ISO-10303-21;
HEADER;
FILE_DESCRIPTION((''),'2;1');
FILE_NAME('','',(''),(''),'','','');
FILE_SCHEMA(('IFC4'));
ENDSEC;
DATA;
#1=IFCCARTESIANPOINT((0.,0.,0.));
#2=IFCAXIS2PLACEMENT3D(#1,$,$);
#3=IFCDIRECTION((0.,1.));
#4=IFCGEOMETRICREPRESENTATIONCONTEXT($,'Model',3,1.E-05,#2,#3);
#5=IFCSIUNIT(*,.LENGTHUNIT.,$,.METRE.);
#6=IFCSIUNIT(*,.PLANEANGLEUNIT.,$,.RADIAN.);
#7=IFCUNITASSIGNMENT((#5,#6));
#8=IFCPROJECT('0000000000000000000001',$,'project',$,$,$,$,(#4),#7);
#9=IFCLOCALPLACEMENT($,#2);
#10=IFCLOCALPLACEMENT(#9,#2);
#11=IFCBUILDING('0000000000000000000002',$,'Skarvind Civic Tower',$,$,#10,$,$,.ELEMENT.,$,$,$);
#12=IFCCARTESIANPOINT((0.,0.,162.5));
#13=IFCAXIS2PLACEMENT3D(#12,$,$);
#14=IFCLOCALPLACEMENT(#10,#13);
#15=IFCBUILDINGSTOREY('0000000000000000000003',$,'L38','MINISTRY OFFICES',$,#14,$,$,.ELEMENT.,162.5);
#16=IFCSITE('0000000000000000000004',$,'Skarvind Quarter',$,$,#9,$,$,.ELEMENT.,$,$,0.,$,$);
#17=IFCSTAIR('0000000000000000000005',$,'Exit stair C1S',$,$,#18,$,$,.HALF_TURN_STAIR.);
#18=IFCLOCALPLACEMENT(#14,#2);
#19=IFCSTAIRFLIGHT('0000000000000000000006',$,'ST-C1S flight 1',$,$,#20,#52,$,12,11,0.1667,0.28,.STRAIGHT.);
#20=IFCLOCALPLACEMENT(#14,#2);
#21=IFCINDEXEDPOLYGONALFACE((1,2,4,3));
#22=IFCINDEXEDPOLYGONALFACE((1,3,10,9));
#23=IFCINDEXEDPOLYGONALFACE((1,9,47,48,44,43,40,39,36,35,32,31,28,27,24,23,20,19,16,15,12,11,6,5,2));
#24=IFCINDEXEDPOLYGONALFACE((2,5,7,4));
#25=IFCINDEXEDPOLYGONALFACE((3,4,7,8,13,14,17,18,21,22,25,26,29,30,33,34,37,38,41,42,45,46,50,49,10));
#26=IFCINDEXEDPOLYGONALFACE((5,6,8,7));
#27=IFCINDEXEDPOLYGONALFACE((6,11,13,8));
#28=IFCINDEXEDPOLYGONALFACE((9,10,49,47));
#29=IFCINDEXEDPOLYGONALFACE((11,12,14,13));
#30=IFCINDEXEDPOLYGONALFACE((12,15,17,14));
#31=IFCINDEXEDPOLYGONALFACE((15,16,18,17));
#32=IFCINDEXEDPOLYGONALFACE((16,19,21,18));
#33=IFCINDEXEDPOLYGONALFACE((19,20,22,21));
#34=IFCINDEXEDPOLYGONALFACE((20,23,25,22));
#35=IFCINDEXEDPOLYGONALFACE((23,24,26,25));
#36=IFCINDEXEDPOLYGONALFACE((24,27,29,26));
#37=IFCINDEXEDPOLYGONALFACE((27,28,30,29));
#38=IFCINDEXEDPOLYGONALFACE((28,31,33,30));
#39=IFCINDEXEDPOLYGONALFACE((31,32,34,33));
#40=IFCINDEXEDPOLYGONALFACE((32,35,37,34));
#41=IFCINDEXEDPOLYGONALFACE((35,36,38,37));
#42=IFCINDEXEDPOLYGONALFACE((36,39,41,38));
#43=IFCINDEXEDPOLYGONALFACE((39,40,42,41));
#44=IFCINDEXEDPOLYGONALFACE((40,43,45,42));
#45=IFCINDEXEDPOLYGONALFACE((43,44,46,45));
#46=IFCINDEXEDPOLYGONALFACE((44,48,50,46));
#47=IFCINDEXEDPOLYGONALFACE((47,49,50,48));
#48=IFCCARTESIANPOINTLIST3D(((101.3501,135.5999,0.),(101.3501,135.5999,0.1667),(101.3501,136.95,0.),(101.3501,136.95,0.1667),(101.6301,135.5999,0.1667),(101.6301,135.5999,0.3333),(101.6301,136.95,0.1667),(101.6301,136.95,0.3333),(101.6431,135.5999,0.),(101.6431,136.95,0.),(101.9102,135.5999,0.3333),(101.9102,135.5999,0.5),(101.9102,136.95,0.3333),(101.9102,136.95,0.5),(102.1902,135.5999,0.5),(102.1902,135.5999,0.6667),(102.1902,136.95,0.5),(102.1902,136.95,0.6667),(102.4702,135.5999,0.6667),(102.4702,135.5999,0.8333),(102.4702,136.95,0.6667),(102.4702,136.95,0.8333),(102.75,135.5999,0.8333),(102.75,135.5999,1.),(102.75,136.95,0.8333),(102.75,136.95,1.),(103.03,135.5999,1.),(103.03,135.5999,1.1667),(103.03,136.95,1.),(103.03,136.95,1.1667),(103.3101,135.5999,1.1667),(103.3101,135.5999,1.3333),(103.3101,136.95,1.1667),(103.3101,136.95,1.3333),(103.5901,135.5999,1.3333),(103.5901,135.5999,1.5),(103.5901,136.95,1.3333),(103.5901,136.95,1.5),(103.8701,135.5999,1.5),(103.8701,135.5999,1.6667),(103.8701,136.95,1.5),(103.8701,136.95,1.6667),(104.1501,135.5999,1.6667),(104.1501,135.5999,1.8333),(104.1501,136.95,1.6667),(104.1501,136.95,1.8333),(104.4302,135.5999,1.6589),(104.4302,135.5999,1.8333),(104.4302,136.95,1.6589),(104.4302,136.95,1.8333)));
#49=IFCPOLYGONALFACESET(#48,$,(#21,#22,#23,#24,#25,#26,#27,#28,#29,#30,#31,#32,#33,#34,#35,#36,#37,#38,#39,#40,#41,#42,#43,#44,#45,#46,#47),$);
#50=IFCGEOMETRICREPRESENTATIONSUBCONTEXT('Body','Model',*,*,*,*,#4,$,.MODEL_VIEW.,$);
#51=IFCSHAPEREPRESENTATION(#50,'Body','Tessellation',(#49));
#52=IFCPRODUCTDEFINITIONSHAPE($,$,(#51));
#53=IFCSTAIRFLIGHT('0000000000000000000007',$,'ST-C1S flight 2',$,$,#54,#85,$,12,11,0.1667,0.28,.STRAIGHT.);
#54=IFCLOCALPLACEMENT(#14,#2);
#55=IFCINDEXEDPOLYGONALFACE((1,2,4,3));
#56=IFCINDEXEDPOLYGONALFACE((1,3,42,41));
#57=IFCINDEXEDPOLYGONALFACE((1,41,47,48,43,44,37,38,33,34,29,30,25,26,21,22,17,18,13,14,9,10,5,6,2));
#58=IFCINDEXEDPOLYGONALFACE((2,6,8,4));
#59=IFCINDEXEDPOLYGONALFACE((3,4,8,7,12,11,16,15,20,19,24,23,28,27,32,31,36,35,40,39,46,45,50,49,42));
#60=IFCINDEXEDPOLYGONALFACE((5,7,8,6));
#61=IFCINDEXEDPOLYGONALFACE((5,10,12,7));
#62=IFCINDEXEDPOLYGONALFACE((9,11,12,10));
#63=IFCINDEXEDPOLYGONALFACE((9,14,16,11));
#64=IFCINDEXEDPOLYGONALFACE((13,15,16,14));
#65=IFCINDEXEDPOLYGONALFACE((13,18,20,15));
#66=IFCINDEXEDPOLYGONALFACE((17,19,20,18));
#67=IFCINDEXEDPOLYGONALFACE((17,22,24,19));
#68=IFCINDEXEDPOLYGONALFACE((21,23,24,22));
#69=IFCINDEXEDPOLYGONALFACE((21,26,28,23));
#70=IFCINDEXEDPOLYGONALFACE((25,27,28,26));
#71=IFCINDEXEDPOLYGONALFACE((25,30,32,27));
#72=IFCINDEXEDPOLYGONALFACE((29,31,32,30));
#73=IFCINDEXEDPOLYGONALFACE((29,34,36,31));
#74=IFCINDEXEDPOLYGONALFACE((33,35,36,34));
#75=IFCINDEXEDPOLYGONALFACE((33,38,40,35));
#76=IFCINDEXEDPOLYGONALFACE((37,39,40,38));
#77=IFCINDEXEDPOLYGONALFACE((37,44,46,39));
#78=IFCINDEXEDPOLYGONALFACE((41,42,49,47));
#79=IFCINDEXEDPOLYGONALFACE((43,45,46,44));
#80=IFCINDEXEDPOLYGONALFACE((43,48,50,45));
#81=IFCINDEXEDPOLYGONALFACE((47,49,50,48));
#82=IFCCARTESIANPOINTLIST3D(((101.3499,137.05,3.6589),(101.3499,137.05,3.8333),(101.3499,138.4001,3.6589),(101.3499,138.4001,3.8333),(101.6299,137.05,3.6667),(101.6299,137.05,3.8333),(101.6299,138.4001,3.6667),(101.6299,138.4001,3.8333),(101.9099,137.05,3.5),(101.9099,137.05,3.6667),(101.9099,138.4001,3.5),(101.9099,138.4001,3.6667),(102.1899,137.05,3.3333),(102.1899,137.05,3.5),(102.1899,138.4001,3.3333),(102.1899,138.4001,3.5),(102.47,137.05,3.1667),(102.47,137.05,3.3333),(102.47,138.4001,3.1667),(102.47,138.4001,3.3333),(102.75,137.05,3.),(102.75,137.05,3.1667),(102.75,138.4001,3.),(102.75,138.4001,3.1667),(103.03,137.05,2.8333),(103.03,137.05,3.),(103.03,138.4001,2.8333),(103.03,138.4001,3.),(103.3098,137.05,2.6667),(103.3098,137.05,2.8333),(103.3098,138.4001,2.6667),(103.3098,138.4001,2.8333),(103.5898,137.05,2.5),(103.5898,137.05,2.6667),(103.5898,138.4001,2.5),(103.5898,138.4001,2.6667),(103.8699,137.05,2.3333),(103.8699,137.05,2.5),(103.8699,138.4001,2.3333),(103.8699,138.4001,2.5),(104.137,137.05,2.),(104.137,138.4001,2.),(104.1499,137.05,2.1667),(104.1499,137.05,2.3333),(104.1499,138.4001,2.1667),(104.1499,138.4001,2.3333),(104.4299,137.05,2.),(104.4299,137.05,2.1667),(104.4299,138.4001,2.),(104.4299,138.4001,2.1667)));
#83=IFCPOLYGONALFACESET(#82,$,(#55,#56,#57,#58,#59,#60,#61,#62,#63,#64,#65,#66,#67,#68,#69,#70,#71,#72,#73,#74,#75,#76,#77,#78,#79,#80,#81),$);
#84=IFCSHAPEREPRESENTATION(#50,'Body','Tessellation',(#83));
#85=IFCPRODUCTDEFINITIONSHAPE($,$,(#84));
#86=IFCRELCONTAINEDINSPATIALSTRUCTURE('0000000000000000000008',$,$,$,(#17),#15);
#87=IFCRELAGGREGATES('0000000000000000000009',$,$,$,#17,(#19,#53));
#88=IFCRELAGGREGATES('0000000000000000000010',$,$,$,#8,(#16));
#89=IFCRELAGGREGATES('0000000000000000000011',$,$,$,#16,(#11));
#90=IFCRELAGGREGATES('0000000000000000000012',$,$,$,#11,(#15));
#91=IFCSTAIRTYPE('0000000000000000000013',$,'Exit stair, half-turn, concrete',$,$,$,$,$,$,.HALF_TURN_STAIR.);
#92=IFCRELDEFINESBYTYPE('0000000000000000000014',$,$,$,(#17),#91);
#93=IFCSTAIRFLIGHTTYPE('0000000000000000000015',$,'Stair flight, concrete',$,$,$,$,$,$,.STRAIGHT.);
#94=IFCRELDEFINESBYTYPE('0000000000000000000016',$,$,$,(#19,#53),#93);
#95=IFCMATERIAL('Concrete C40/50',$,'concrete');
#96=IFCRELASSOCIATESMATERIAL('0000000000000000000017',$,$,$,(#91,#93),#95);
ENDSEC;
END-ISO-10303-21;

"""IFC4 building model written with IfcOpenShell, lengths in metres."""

from ifc_helpers import new_model, si_unit, direction, frame, origin, place, context, subcontext, project, spatial, polyline, outline, extrude, material, type_object, element, aggregate, save


model = new_model("IFC4")

# Units and contexts
model_context = context("Model", 3, precision=1e-05, world=origin(), true_north=direction((0.0, 1.0)))
body_context = subcontext(model_context, "Body", "Model", "MODEL_VIEW")
ifc_project = project(units=[si_unit("LENGTHUNIT", "METRE"), si_unit("PLANEANGLEUNIT", "RADIAN")], contexts=[model_context])

# Site, building, storey
site_placement = place(None, origin())
site = spatial("IfcSite", under=ifc_project, at=site_placement, Name="Skarvind Quarter", CompositionType="ELEMENT", RefElevation=0.0)
building_placement = place(site_placement, origin())
building = spatial("IfcBuilding", under=site, at=building_placement, Name="Skarvind Civic Tower", CompositionType="ELEMENT")
storey_placement = place(building_placement, frame((0.0, 0.0, 162.5)))
storey = spatial("IfcBuildingStorey", under=building, at=storey_placement, Name="L38", Description="MINISTRY OFFICES", CompositionType="ELEMENT", Elevation=162.5)

# Stair, stair flights
ifc_material_1 = material(Name="Concrete C40/50", Category="concrete")
stair_type = type_object("IfcStairType", Name="Exit stair, half-turn, concrete", PredefinedType="HALF_TURN_STAIR", material=ifc_material_1)
stair_placement = place(storey_placement, origin())
stair = element("IfcStair", 1, at=stair_placement, inside=storey, type_object=stair_type, Name="Exit stair C1S", PredefinedType="HALF_TURN_STAIR")
stair_flight_type = type_object("IfcStairFlightType", Name="Stair flight, concrete", PredefinedType="STRAIGHT", material=ifc_material_1)
stair_flight_1_placement = place(storey_placement, frame((101.3501, 136.2749, 0.0), z_axis=(0.0, 0.0, 1.0), x_axis=(1.0, 0.0, 0.0)))
stair_flight_1 = element("IfcStairFlight", 2, at=stair_flight_1_placement, type_object=stair_flight_type, Name="ST-C1S flight 1", NumberOfRisers=12, NumberOfTreads=11, PredefinedType="STRAIGHT", RiserHeight=0.1667, TreadLength=0.28, context=body_context, shape_type="SweptSolid", body=[
    extrude(outline(polyline([(0.0, 0.0), (0.0, 0.1667), (0.28, 0.1667), (0.28, 0.3333), (0.5601, 0.3333), (0.5601, 0.5), (0.8401, 0.5), (0.8401, 0.6667), (1.1201, 0.6667), (1.1201, 0.8333), (1.3999, 0.8333), (1.3999, 1.0), (1.6799, 1.0), (1.6799, 1.1667), (1.96, 1.1667), (1.96, 1.3333), (2.24, 1.3333), (2.24, 1.5), (2.52, 1.5), (2.52, 1.6667), (2.8, 1.6667), (2.8, 1.8333), (3.0801, 1.8333), (3.0801, 2.0), (3.0801, 1.6589), (0.293, 0.0), (0.0, 0.0)])), frame((0.0, 0.675, 0.0), z_axis=(0.0, -1.0, 0.0), x_axis=(1.0, 0.0, 0.0)), (0.0, 0.0, 1.0), 1.3501),
])
stair_flight_2_placement = place(storey_placement, frame((104.4299, 137.7251, 2.0), z_axis=(0.0, 0.0, 1.0), x_axis=(-1.0, 0.0, 0.0)))
stair_flight_2 = element("IfcStairFlight", 3, at=stair_flight_2_placement, type_object=stair_flight_type, Name="ST-C1S flight 2", NumberOfRisers=12, NumberOfTreads=11, PredefinedType="STRAIGHT", RiserHeight=0.1667, TreadLength=0.28, context=body_context, shape_type="SweptSolid", body=[
    extrude(outline(polyline([(0.0, 0.0), (0.0, 0.1667), (0.28, 0.1667), (0.28, 0.3333), (0.5601, 0.3333), (0.5601, 0.5), (0.8401, 0.5), (0.8401, 0.6667), (1.1201, 0.6667), (1.1201, 0.8333), (1.3999, 0.8333), (1.3999, 1.0), (1.6799, 1.0), (1.6799, 1.1667), (1.96, 1.1667), (1.96, 1.3333), (2.24, 1.3333), (2.24, 1.5), (2.52, 1.5), (2.52, 1.6667), (2.8, 1.6667), (2.8, 1.8333), (3.0801, 1.8333), (3.0801, 2.0), (3.0801, 1.6589), (0.293, 0.0), (0.0, 0.0)])), frame((0.0, 0.675, 0.0), z_axis=(0.0, -1.0, 0.0), x_axis=(1.0, 0.0, 0.0)), (0.0, 0.0, 1.0), 1.3501),
])
aggregate(stair, [stair_flight_1, stair_flight_2])

save(model, "model.ifc")
